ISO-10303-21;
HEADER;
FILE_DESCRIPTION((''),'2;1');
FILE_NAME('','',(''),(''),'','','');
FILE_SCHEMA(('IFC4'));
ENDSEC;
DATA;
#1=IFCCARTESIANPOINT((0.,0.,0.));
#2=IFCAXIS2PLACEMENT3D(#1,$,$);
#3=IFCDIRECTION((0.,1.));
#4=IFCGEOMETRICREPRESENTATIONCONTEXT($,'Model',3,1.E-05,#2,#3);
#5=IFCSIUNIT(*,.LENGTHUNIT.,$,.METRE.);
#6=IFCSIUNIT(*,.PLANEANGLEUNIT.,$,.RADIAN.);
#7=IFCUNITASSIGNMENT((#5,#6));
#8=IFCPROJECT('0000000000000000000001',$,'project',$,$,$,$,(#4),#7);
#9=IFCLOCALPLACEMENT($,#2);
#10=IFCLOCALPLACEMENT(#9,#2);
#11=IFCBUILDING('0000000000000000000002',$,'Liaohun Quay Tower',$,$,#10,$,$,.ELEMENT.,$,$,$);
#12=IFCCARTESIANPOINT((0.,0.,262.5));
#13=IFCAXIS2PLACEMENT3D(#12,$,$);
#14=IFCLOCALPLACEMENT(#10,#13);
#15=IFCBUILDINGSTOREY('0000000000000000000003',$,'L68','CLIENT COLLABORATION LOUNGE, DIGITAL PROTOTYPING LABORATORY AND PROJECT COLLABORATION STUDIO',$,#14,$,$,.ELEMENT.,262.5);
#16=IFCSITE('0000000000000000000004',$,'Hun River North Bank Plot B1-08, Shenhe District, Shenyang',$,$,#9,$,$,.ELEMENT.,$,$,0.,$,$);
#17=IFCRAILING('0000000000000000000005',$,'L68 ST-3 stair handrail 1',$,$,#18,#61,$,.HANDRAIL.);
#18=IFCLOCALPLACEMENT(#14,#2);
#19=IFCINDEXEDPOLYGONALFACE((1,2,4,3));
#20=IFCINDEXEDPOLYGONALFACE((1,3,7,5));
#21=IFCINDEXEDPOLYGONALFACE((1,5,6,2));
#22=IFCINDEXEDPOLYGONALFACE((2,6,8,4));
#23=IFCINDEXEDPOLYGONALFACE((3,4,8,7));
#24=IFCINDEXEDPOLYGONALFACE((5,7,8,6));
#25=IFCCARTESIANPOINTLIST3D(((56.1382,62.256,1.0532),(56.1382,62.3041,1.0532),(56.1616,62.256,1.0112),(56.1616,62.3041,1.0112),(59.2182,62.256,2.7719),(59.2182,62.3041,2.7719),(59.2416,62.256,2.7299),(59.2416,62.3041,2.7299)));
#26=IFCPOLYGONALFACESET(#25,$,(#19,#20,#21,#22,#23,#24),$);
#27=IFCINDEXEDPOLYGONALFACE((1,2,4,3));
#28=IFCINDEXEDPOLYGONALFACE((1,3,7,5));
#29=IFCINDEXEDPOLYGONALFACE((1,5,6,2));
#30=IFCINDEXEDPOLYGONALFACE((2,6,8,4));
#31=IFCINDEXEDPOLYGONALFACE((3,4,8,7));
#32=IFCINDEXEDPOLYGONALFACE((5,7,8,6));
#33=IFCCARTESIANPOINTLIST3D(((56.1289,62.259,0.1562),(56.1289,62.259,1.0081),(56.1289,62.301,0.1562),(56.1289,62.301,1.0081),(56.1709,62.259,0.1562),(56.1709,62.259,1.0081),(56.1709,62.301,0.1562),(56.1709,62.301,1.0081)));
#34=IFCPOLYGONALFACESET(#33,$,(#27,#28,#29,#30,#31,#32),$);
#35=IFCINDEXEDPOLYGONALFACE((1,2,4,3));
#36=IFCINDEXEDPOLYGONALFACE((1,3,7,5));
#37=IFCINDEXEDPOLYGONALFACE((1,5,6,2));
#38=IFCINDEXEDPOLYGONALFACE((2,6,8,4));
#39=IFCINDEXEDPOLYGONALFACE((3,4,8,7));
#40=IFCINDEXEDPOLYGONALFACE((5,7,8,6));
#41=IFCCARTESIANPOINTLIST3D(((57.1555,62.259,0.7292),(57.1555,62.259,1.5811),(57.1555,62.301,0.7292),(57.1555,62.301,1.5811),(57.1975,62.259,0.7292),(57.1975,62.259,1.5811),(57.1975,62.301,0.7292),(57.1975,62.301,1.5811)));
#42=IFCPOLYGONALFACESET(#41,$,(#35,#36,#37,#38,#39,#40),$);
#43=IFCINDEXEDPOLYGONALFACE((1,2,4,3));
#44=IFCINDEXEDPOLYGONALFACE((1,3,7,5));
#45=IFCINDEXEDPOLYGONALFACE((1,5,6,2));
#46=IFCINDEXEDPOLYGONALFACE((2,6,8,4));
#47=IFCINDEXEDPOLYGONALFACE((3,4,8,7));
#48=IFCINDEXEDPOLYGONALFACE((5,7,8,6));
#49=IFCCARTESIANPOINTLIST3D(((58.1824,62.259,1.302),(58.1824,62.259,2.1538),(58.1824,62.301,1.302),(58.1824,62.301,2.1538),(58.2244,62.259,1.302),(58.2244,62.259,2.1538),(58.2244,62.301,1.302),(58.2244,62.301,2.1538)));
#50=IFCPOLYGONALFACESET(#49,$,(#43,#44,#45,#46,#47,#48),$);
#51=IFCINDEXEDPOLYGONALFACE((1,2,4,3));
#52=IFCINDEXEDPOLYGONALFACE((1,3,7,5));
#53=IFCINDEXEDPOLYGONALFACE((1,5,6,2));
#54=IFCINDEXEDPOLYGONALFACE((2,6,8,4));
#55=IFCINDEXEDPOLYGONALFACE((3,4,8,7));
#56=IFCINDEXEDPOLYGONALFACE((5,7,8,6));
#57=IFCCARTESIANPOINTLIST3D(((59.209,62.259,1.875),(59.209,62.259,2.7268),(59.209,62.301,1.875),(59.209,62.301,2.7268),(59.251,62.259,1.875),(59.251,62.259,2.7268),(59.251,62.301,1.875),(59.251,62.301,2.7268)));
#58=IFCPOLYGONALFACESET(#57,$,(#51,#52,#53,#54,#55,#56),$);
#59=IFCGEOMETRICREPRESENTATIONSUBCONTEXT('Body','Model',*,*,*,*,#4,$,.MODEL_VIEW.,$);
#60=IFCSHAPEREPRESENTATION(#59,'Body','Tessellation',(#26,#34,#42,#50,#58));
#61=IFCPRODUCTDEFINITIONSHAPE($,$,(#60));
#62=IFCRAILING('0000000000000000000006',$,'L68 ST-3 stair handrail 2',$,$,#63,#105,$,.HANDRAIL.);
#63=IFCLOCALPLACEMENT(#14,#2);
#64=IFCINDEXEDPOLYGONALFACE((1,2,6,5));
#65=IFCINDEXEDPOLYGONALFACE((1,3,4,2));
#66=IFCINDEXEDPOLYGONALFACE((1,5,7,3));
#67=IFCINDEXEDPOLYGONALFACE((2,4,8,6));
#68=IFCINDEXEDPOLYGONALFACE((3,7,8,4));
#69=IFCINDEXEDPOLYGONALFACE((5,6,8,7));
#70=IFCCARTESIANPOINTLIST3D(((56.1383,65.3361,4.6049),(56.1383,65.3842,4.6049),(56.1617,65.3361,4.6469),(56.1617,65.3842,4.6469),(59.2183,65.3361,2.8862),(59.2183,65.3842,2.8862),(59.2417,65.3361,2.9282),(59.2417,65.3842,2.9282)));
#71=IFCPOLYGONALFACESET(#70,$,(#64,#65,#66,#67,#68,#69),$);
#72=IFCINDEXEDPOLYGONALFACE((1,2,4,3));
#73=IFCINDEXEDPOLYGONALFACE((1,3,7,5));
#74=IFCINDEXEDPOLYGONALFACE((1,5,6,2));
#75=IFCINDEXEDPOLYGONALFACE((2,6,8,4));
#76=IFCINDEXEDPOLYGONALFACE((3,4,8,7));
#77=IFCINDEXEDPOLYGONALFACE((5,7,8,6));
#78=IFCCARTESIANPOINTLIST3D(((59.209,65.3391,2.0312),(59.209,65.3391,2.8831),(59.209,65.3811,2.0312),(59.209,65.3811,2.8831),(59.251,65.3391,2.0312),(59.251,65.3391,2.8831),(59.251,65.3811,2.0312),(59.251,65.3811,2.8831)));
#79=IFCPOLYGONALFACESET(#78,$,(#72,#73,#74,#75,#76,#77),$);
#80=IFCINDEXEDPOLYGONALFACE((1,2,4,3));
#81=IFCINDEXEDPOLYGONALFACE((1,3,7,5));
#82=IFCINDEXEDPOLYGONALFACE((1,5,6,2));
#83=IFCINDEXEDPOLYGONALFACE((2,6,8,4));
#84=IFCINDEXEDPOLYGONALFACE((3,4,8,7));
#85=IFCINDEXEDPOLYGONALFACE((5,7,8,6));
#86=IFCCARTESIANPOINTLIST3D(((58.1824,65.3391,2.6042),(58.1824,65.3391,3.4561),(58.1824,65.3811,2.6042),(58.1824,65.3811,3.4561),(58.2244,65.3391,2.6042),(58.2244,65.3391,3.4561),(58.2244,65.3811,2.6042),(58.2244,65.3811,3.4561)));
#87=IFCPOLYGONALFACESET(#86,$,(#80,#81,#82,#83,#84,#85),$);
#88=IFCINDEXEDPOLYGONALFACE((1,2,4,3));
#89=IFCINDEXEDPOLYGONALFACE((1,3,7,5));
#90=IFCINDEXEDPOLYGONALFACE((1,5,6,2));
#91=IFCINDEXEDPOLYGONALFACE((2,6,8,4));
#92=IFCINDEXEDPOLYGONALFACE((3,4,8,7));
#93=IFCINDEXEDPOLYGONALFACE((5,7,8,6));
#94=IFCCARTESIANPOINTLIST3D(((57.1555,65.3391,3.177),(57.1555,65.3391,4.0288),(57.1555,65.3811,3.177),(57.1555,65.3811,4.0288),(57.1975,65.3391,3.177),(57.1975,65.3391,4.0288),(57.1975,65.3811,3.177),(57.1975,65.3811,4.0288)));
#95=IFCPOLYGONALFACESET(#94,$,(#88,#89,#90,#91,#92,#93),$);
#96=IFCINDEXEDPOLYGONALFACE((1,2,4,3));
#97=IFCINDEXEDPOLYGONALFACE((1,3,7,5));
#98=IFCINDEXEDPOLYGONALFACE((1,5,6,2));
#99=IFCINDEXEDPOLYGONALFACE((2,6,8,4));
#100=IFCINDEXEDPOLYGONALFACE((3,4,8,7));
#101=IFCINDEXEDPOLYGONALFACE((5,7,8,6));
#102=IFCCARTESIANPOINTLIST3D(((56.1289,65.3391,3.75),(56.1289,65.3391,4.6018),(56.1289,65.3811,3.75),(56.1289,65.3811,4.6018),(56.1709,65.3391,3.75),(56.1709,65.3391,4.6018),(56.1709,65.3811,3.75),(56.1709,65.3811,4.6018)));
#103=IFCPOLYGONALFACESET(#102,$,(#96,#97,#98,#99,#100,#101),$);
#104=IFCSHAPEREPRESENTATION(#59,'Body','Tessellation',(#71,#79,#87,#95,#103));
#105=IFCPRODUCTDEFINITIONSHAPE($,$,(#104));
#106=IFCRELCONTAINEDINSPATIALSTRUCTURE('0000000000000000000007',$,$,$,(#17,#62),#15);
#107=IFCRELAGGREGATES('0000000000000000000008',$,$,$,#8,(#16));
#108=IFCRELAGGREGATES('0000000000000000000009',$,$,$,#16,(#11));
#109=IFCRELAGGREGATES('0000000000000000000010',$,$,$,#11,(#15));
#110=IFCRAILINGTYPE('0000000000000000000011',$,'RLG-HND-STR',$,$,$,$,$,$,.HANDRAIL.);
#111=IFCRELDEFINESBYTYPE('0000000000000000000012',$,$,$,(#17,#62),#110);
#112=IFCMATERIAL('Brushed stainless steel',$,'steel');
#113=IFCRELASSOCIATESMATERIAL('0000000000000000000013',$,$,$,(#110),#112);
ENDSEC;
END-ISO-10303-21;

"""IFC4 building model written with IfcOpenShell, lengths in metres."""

from ifc_helpers import new_model, si_unit, direction, frame, origin, origin_2d, place, context, subcontext, project, spatial, rectangle, extrude, material, type_object, element, save


model = new_model("IFC4")

# Units and contexts
model_context = context("Model", 3, precision=1e-05, world=origin(), true_north=direction((0.0, 1.0)))
body_context = subcontext(model_context, "Body", "Model", "MODEL_VIEW")
ifc_project = project(units=[si_unit("LENGTHUNIT", "METRE"), si_unit("PLANEANGLEUNIT", "RADIAN")], contexts=[model_context])

# Site, building, storey
site_placement = place(None, origin())
site = spatial("IfcSite", under=ifc_project, at=site_placement, Name="Hun River North Bank Plot B1-08, Shenhe District, Shenyang", CompositionType="ELEMENT", RefElevation=0.0)
building_placement = place(site_placement, origin())
building = spatial("IfcBuilding", under=site, at=building_placement, Name="Liaohun Quay Tower", CompositionType="ELEMENT")
storey_placement = place(building_placement, frame((0.0, 0.0, 262.5)))
storey = spatial("IfcBuildingStorey", under=building, at=storey_placement, Name="L68", Description="CLIENT COLLABORATION LOUNGE, DIGITAL PROTOTYPING LABORATORY AND PROJECT COLLABORATION STUDIO", CompositionType="ELEMENT", Elevation=262.5)

# Railings
ifc_material_1 = material(Name="Brushed stainless steel", Category="steel")
railing_type_1 = type_object("IfcRailingType", Name="RLG-HND-STR", PredefinedType="HANDRAIL", material=ifc_material_1)
railing_1_placement = place(storey_placement, frame((56.1499, 62.28, 0.1562)))
element("IfcRailing", 1, at=railing_1_placement, inside=storey, type_object=railing_type_1, Name="L68 ST-3 stair handrail 1", PredefinedType="HANDRAIL", context=body_context, shape_type="SweptSolid", body=[
    extrude(rectangle(XDim=0.0481, YDim=0.0481, at=origin_2d()), frame((0.0, 0.0, 0.876), z_axis=(0.873242, 0.0, 0.487288), x_axis=(0.0, 1.0, 0.0)), (0.0, 0.0, 1.0), 3.5271),
    extrude(rectangle(XDim=0.042, YDim=0.042, at=origin_2d()), origin(), (0.0, 0.0, 1.0), 0.8518),
    extrude(rectangle(XDim=0.042, YDim=0.042, at=origin_2d()), frame((1.0266, 0.0, 0.573)), (0.0, 0.0, 1.0), 0.8518),
    extrude(rectangle(XDim=0.042, YDim=0.042, at=origin_2d()), frame((2.0535, 0.0, 1.1458)), (0.0, 0.0, 1.0), 0.8518),
    extrude(rectangle(XDim=0.042, YDim=0.042, at=origin_2d()), frame((3.0801, 0.0, 1.7188)), (0.0, 0.0, 1.0), 0.8518),
])
railing_2_placement = place(storey_placement, frame((59.23, 65.3601, 2.0312)))
element("IfcRailing", 2, at=railing_2_placement, inside=storey, type_object=railing_type_1, Name="L68 ST-3 stair handrail 2", PredefinedType="HANDRAIL", context=body_context, shape_type="SweptSolid", body=[
    extrude(rectangle(XDim=0.0481, YDim=0.0481, at=origin_2d()), frame((0.0, 0.0, 0.876), z_axis=(-0.873242, 0.0, 0.487288), x_axis=(0.0, -1.0, 0.0)), (0.0, 0.0, 1.0), 3.5271),
    extrude(rectangle(XDim=0.042, YDim=0.042, at=origin_2d()), origin(), (0.0, 0.0, 1.0), 0.8518),
    extrude(rectangle(XDim=0.042, YDim=0.042, at=origin_2d()), frame((-1.0266, 0.0, 0.573)), (0.0, 0.0, 1.0), 0.8518),
    extrude(rectangle(XDim=0.042, YDim=0.042, at=origin_2d()), frame((-2.0535, 0.0, 1.1458)), (0.0, 0.0, 1.0), 0.8518),
    extrude(rectangle(XDim=0.042, YDim=0.042, at=origin_2d()), frame((-3.0801, 0.0, 1.7188)), (0.0, 0.0, 1.0), 0.8518),
])

save(model, "model.ifc")
